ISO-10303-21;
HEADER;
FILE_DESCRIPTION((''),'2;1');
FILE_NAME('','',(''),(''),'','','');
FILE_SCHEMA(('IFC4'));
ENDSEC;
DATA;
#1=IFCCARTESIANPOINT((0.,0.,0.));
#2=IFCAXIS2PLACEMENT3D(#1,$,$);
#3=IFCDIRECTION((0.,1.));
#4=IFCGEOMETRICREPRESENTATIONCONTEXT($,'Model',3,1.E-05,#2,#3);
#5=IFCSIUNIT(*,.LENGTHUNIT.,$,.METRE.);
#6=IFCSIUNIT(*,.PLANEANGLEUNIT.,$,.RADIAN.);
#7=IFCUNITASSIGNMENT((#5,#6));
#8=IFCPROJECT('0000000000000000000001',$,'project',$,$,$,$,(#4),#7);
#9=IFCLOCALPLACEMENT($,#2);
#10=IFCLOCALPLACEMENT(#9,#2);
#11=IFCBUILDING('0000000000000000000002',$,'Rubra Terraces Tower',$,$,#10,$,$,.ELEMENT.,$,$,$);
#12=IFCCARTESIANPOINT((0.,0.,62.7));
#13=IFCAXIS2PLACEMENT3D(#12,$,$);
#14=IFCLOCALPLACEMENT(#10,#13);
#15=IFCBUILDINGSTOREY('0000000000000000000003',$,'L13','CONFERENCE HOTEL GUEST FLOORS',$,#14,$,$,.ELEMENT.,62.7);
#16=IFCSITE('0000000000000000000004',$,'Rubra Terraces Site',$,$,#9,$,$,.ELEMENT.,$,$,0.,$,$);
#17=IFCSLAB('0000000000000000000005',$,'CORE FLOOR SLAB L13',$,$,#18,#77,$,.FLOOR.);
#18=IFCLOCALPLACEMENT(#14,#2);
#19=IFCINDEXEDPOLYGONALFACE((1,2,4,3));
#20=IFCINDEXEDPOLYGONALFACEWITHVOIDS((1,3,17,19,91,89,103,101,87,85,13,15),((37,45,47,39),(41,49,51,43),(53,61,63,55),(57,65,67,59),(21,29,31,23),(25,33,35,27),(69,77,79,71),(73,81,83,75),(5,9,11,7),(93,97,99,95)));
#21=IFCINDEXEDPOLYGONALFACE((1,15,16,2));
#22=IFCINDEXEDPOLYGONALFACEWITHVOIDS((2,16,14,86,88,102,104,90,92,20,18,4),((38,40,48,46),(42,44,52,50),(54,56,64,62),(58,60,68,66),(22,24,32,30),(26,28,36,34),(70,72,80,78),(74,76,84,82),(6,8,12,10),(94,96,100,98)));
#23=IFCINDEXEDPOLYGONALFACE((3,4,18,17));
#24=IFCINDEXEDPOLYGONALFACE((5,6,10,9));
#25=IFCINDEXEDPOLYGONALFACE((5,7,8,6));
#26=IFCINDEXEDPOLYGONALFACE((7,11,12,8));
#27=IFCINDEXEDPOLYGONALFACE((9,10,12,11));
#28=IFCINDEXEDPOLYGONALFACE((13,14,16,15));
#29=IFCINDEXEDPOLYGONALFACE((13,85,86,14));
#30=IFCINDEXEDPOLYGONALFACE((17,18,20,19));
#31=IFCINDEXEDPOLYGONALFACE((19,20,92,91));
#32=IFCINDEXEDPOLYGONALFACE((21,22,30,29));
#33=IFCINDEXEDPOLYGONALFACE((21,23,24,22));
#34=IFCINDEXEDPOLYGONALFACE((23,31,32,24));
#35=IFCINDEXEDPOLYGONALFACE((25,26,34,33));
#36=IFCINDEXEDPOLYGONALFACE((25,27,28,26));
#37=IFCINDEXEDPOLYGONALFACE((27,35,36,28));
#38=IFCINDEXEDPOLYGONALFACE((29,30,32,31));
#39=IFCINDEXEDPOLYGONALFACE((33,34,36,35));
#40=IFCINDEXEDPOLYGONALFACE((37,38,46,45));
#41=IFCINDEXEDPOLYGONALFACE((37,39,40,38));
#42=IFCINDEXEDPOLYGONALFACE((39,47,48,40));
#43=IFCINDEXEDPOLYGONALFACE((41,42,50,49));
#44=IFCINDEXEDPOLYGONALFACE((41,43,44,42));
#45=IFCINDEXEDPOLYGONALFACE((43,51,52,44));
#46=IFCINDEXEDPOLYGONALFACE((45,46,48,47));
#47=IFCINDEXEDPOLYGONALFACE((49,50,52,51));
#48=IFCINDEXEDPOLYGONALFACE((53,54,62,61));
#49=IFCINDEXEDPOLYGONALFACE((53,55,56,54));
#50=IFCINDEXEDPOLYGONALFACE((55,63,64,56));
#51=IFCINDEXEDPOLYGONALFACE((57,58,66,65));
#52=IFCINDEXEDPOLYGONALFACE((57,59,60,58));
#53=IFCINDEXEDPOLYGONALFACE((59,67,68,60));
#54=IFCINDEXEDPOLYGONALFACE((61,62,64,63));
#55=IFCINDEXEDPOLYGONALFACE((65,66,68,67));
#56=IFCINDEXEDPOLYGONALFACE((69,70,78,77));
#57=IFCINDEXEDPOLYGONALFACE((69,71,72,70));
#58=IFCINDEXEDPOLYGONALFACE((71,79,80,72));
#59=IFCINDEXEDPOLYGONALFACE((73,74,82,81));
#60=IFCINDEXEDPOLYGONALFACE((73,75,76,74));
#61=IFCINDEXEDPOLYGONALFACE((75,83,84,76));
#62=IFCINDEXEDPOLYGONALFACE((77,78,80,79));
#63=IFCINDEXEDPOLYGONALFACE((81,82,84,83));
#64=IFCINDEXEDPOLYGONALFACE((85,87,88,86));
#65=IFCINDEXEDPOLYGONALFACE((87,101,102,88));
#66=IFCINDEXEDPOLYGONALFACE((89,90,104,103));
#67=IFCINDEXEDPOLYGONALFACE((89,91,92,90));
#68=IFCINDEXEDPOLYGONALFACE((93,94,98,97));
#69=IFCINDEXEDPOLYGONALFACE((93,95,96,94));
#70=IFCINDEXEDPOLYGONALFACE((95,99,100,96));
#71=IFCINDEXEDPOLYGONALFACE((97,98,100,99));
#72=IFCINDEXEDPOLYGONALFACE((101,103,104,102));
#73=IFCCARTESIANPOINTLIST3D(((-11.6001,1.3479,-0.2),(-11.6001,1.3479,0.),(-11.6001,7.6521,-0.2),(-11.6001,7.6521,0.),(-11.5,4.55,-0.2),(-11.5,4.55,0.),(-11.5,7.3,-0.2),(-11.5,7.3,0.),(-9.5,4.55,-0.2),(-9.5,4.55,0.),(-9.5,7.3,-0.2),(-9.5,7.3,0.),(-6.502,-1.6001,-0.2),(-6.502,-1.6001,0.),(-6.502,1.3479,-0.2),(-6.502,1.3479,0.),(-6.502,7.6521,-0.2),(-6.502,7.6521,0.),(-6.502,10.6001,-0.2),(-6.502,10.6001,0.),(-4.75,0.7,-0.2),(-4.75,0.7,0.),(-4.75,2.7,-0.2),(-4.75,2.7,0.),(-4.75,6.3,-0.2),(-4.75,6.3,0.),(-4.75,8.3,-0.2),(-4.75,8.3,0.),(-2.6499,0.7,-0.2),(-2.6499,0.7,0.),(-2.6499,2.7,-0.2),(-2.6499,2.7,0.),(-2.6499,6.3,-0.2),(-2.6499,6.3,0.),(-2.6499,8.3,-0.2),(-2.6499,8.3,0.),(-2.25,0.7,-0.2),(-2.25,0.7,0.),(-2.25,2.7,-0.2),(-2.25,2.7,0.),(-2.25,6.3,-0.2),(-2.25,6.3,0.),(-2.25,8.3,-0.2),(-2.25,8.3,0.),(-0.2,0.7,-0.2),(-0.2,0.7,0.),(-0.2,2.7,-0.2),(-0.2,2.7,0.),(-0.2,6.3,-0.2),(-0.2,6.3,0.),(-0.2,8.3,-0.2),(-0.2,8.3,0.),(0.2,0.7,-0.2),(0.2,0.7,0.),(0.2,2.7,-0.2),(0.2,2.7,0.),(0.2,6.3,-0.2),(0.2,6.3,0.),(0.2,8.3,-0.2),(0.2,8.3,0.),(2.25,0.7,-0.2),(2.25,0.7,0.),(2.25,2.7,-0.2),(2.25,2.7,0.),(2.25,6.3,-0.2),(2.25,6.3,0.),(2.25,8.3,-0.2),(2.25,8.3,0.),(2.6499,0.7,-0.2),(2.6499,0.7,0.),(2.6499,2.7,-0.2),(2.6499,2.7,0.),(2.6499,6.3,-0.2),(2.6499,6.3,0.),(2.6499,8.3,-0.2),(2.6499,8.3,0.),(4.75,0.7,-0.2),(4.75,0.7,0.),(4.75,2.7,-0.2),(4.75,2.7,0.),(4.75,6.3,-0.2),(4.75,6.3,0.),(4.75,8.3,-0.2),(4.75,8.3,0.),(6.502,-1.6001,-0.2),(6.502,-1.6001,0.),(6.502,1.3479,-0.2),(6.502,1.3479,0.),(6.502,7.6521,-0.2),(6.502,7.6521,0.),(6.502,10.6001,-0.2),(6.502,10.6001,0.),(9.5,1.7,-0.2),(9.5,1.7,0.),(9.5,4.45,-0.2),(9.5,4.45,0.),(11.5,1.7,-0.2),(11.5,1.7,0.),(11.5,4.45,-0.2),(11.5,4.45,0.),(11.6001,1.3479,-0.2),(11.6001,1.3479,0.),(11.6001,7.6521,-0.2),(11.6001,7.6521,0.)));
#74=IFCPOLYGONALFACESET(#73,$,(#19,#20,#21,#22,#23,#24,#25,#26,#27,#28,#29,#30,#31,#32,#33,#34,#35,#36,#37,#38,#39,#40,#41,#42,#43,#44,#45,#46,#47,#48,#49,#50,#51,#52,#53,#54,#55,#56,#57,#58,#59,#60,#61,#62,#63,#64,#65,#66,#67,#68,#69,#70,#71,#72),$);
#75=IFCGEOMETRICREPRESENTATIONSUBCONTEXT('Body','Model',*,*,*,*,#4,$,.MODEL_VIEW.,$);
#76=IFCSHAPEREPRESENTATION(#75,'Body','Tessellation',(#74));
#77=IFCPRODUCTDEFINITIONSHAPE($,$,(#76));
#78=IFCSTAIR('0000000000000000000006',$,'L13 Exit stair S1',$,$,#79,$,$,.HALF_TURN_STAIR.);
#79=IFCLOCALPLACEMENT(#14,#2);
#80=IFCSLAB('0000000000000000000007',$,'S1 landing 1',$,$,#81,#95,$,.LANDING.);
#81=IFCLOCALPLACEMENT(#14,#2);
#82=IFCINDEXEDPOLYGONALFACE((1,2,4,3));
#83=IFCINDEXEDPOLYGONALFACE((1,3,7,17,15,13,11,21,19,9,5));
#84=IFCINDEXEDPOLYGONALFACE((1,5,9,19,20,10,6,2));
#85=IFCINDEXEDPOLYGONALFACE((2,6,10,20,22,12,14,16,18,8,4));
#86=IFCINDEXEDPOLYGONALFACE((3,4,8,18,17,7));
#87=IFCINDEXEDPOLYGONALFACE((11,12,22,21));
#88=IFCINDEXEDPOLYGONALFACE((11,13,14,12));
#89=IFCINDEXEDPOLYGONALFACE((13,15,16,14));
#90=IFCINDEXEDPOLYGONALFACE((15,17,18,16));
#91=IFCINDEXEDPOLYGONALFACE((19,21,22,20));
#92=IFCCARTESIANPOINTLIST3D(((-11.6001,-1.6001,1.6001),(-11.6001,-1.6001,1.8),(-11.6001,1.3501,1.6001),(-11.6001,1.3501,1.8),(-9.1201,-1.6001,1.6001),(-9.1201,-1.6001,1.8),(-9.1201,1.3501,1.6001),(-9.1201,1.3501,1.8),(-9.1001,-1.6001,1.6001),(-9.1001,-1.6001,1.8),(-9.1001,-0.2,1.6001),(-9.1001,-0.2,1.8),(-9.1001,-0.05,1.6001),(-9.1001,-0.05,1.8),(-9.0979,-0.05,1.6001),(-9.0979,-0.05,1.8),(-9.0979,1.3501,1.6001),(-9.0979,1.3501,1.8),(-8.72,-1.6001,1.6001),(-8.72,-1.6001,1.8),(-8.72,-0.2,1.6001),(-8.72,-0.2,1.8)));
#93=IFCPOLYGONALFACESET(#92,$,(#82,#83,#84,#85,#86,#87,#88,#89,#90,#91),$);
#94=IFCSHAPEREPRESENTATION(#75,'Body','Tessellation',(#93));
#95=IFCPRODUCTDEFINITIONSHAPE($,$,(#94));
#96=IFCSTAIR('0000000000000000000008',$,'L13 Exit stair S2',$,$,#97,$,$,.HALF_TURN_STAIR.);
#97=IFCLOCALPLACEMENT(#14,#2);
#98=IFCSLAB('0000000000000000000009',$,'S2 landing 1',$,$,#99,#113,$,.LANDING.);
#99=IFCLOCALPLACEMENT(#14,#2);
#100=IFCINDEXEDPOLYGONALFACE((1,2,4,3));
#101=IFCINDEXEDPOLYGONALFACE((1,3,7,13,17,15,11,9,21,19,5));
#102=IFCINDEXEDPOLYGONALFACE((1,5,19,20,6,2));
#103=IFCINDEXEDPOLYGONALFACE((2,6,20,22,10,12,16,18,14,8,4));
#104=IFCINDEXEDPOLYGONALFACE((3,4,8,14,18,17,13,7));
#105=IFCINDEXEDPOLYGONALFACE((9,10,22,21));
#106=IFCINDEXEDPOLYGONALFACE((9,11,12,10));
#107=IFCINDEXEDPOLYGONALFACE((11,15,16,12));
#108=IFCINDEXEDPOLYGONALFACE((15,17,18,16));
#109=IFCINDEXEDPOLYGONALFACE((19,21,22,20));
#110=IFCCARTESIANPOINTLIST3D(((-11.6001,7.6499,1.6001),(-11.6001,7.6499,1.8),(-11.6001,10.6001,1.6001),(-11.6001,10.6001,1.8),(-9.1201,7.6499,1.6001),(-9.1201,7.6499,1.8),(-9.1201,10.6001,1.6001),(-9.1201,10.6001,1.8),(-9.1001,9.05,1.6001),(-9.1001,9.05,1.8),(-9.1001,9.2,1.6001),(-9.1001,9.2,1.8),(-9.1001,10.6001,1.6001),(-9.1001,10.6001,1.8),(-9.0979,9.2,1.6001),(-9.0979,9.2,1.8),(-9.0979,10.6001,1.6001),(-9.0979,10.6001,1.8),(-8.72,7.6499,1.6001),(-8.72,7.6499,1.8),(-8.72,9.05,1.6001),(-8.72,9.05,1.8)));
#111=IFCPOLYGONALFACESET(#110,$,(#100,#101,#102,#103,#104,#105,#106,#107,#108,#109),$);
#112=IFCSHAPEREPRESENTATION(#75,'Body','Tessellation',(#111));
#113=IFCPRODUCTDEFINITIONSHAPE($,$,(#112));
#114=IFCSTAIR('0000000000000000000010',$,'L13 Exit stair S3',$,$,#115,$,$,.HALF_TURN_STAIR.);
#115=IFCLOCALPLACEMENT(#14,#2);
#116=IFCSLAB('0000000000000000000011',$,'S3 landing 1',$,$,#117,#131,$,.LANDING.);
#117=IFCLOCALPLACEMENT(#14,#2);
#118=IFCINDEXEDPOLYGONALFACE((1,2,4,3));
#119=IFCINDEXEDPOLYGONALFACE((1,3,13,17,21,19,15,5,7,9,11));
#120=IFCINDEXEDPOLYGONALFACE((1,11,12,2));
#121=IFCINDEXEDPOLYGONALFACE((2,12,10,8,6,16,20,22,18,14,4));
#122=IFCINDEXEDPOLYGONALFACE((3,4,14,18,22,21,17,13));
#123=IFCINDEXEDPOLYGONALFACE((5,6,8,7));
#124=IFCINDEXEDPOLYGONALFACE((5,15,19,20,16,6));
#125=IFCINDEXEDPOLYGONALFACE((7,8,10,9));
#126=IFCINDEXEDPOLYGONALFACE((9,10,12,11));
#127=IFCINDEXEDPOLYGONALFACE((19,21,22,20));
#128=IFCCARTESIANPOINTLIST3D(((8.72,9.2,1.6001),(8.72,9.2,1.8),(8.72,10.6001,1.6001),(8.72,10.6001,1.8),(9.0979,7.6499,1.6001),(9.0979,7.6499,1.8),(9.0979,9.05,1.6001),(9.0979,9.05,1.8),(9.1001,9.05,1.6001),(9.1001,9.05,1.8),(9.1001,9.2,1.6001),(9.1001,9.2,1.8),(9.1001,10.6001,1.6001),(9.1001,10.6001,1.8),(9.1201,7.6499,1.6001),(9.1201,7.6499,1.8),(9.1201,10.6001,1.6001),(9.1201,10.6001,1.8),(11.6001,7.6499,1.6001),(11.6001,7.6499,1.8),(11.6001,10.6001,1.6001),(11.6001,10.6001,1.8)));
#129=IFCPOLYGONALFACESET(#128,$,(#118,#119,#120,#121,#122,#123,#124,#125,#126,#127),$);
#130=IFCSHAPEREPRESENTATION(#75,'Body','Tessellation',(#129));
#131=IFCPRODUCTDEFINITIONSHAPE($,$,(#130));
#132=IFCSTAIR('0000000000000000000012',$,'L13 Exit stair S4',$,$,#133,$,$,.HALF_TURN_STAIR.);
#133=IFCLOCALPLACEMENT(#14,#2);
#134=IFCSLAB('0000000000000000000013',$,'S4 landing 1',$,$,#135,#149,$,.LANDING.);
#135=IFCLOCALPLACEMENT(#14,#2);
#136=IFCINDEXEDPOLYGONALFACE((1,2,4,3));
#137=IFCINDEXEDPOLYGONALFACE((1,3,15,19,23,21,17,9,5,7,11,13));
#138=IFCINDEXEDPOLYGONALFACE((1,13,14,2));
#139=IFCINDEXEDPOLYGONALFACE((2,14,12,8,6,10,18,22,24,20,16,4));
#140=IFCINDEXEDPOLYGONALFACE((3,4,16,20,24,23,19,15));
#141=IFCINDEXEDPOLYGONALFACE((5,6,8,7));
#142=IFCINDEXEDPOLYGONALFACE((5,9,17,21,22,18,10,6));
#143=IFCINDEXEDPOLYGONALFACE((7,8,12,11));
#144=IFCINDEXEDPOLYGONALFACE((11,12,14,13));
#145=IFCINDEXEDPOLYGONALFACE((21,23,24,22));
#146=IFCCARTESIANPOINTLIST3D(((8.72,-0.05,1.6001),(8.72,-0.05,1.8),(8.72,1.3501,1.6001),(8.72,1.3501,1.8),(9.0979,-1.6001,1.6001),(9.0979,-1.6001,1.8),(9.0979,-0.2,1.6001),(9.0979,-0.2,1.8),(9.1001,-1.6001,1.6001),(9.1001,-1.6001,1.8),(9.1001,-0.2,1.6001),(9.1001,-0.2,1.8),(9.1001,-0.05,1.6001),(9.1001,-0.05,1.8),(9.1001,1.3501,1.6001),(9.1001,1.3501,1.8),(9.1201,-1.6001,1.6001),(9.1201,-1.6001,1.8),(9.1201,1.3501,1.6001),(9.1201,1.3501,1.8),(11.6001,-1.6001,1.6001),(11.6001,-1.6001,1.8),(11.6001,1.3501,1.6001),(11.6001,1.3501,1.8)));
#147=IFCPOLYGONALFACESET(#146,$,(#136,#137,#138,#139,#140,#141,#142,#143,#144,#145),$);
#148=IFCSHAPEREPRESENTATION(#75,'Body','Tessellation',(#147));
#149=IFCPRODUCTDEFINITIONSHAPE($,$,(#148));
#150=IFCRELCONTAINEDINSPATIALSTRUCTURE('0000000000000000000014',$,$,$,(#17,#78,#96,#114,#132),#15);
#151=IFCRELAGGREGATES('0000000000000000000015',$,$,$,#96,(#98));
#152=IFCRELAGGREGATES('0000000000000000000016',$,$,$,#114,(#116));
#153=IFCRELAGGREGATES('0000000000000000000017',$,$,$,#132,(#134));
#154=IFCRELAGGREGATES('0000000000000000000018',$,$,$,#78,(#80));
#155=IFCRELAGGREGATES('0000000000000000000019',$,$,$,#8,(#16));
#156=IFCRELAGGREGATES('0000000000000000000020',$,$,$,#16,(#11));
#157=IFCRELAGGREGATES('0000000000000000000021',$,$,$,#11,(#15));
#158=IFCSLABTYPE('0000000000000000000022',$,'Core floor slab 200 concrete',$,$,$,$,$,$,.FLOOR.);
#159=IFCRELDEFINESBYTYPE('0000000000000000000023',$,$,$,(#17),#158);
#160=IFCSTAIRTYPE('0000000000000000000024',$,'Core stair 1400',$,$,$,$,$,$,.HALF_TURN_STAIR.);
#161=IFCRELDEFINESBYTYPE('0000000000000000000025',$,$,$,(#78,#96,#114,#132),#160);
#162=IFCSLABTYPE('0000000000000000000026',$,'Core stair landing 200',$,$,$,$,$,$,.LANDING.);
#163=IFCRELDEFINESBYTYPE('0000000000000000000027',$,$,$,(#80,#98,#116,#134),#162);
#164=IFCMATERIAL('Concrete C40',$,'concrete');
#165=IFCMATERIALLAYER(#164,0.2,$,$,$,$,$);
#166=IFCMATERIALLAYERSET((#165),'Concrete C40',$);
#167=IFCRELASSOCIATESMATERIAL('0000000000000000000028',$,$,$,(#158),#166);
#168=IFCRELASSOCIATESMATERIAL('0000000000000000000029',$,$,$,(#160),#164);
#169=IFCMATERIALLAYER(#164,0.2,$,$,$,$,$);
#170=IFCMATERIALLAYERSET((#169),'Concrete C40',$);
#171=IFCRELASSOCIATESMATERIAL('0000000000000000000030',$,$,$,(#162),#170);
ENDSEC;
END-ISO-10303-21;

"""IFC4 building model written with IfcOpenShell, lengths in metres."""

from ifc_helpers import new_model, si_unit, direction, frame, origin, place, context, subcontext, project, spatial, polyline, outline, extrude, material, layer, layer_set, type_object, element, aggregate, save


model = new_model("IFC4")

# Units and contexts
model_context = context("Model", 3, precision=1e-05, world=origin(), true_north=direction((0.0, 1.0)))
body_context = subcontext(model_context, "Body", "Model", "MODEL_VIEW")
ifc_project = project(units=[si_unit("LENGTHUNIT", "METRE"), si_unit("PLANEANGLEUNIT", "RADIAN")], contexts=[model_context])

# Site, building, storey
site_placement = place(None, origin())
site = spatial("IfcSite", under=ifc_project, at=site_placement, Name="Rubra Terraces Site", CompositionType="ELEMENT", RefElevation=0.0)
building_placement = place(site_placement, origin())
building = spatial("IfcBuilding", under=site, at=building_placement, Name="Rubra Terraces Tower", CompositionType="ELEMENT")
storey_placement = place(building_placement, frame((0.0, 0.0, 62.7)))
storey = spatial("IfcBuildingStorey", under=building, at=storey_placement, Name="L13", Description="CONFERENCE HOTEL GUEST FLOORS", CompositionType="ELEMENT", Elevation=62.7)

# Slab
ifc_material_1 = material(Name="Concrete C40", Category="concrete")
ifc_layer_1 = layer(ifc_material_1, 0.2)
ifc_layer_set_1 = layer_set([ifc_layer_1], Name="Concrete C40")
slab_type_1 = type_object("IfcSlabType", Name="Core floor slab 200 concrete", PredefinedType="FLOOR", material=ifc_layer_set_1)
slab_1_placement = place(storey_placement, frame((0.0, 0.0, -0.2)))
element("IfcSlab", 1, at=slab_1_placement, inside=storey, type_object=slab_type_1, Name="CORE FLOOR SLAB L13", PredefinedType="FLOOR", context=body_context, shape_type="SweptSolid", body=[
    extrude(outline(polyline([(-11.6001, 1.3479), (-11.6001, 7.6521), (-6.502, 7.6521), (-6.502, 10.6001), (6.502, 10.6001), (6.502, 7.6521), (11.6001, 7.6521), (11.6001, 1.3479), (6.502, 1.3479), (6.502, -1.6001), (-6.502, -1.6001), (-6.502, 1.3479), (-11.6001, 1.3479)]), holes=[polyline([(9.5, 1.7), (11.5, 1.7), (11.5, 4.45), (9.5, 4.45), (9.5, 1.7)]), polyline([(4.75, 0.7), (4.75, 2.7), (2.6499, 2.7), (2.6499, 0.7), (4.75, 0.7)]), polyline([(4.75, 6.3), (4.75, 8.3), (2.6499, 8.3), (2.6499, 6.3), (4.75, 6.3)]), polyline([(2.25, 0.7), (2.25, 2.7), (0.2, 2.7), (0.2, 0.7), (2.25, 0.7)]), polyline([(2.25, 6.3), (2.25, 8.3), (0.2, 8.3), (0.2, 6.3), (2.25, 6.3)]), polyline([(-0.2, 0.7), (-0.2, 2.7), (-2.25, 2.7), (-2.25, 0.7), (-0.2, 0.7)]), polyline([(-0.2, 6.3), (-0.2, 8.3), (-2.25, 8.3), (-2.25, 6.3), (-0.2, 6.3)]), polyline([(-2.6499, 0.7), (-2.6499, 2.7), (-4.75, 2.7), (-4.75, 0.7), (-2.6499, 0.7)]), polyline([(-2.6499, 8.3), (-4.75, 8.3), (-4.75, 6.3), (-2.6499, 6.3), (-2.6499, 8.3)]), polyline([(-9.5, 7.3), (-11.5, 7.3), (-11.5, 4.55), (-9.5, 4.55), (-9.5, 7.3)])]), origin(), (0.0, 0.0, 1.0), 0.2),
])

# Stairs, slabs
stair_type = type_object("IfcStairType", Name="Core stair 1400", PredefinedType="HALF_TURN_STAIR", material=ifc_material_1)
stair_1_placement = place(storey_placement, origin())
stair_1 = element("IfcStair", 2, at=stair_1_placement, inside=storey, type_object=stair_type, Name="L13 Exit stair S1", PredefinedType="HALF_TURN_STAIR")
ifc_layer_2 = layer(ifc_material_1, 0.2)
ifc_layer_set_2 = layer_set([ifc_layer_2], Name="Concrete C40")
slab_type_2 = type_object("IfcSlabType", Name="Core stair landing 200", PredefinedType="LANDING", material=ifc_layer_set_2)
slab_2_placement = place(storey_placement, frame((0.0, 0.0, 1.6001)))
slab_2 = element("IfcSlab", 3, at=slab_2_placement, type_object=slab_type_2, Name="S1 landing 1", PredefinedType="LANDING", context=body_context, shape_type="SweptSolid", body=[
    extrude(outline(polyline([(-8.72, -0.2), (-8.72, -1.6001), (-9.1001, -1.6001), (-9.1201, -1.6001), (-11.6001, -1.6001), (-11.6001, 1.3501), (-9.1201, 1.3501), (-9.0979, 1.3501), (-9.0979, -0.05), (-9.1001, -0.05), (-9.1001, -0.2), (-8.72, -0.2)])), origin(), (0.0, 0.0, 1.0), 0.2),
])
stair_2_placement = place(storey_placement, origin())
stair_2 = element("IfcStair", 4, at=stair_2_placement, inside=storey, type_object=stair_type, Name="L13 Exit stair S2", PredefinedType="HALF_TURN_STAIR")
slab_3_placement = place(storey_placement, frame((0.0, 0.0, 1.6001)))
slab_3 = element("IfcSlab", 5, at=slab_3_placement, type_object=slab_type_2, Name="S2 landing 1", PredefinedType="LANDING", context=body_context, shape_type="SweptSolid", body=[
    extrude(outline(polyline([(-8.72, 9.05), (-8.72, 7.6499), (-9.1201, 7.6499), (-11.6001, 7.6499), (-11.6001, 10.6001), (-9.1201, 10.6001), (-9.1001, 10.6001), (-9.0979, 10.6001), (-9.0979, 9.2), (-9.1001, 9.2), (-9.1001, 9.05), (-8.72, 9.05)])), origin(), (0.0, 0.0, 1.0), 0.2),
])
aggregate(stair_2, [slab_3])
stair_3_placement = place(storey_placement, origin())
stair_3 = element("IfcStair", 6, at=stair_3_placement, inside=storey, type_object=stair_type, Name="L13 Exit stair S3", PredefinedType="HALF_TURN_STAIR")
slab_4_placement = place(storey_placement, frame((0.0, 0.0, 1.6001)))
slab_4 = element("IfcSlab", 7, at=slab_4_placement, type_object=slab_type_2, Name="S3 landing 1", PredefinedType="LANDING", context=body_context, shape_type="SweptSolid", body=[
    extrude(outline(polyline([(9.1001, 9.05), (9.1001, 9.2), (8.72, 9.2), (8.72, 10.6001), (9.1001, 10.6001), (9.1201, 10.6001), (11.6001, 10.6001), (11.6001, 7.6499), (9.1201, 7.6499), (9.0979, 7.6499), (9.0979, 9.05), (9.1001, 9.05)])), origin(), (0.0, 0.0, 1.0), 0.2),
])
aggregate(stair_3, [slab_4])
stair_4_placement = place(storey_placement, origin())
stair_4 = element("IfcStair", 8, at=stair_4_placement, inside=storey, type_object=stair_type, Name="L13 Exit stair S4", PredefinedType="HALF_TURN_STAIR")
slab_5_placement = place(storey_placement, frame((0.0, 0.0, 1.6001)))
slab_5 = element("IfcSlab", 9, at=slab_5_placement, type_object=slab_type_2, Name="S4 landing 1", PredefinedType="LANDING", context=body_context, shape_type="SweptSolid", body=[
    extrude(outline(polyline([(9.1001, -0.2), (9.1001, -0.05), (8.72, -0.05), (8.72, 1.3501), (9.1001, 1.3501), (9.1201, 1.3501), (11.6001, 1.3501), (11.6001, -1.6001), (9.1201, -1.6001), (9.1001, -1.6001), (9.0979, -1.6001), (9.0979, -0.2), (9.1001, -0.2)])), origin(), (0.0, 0.0, 1.0), 0.2),
])
aggregate(stair_4, [slab_5])

aggregate(stair_1, [slab_2])

save(model, "model.ifc")
